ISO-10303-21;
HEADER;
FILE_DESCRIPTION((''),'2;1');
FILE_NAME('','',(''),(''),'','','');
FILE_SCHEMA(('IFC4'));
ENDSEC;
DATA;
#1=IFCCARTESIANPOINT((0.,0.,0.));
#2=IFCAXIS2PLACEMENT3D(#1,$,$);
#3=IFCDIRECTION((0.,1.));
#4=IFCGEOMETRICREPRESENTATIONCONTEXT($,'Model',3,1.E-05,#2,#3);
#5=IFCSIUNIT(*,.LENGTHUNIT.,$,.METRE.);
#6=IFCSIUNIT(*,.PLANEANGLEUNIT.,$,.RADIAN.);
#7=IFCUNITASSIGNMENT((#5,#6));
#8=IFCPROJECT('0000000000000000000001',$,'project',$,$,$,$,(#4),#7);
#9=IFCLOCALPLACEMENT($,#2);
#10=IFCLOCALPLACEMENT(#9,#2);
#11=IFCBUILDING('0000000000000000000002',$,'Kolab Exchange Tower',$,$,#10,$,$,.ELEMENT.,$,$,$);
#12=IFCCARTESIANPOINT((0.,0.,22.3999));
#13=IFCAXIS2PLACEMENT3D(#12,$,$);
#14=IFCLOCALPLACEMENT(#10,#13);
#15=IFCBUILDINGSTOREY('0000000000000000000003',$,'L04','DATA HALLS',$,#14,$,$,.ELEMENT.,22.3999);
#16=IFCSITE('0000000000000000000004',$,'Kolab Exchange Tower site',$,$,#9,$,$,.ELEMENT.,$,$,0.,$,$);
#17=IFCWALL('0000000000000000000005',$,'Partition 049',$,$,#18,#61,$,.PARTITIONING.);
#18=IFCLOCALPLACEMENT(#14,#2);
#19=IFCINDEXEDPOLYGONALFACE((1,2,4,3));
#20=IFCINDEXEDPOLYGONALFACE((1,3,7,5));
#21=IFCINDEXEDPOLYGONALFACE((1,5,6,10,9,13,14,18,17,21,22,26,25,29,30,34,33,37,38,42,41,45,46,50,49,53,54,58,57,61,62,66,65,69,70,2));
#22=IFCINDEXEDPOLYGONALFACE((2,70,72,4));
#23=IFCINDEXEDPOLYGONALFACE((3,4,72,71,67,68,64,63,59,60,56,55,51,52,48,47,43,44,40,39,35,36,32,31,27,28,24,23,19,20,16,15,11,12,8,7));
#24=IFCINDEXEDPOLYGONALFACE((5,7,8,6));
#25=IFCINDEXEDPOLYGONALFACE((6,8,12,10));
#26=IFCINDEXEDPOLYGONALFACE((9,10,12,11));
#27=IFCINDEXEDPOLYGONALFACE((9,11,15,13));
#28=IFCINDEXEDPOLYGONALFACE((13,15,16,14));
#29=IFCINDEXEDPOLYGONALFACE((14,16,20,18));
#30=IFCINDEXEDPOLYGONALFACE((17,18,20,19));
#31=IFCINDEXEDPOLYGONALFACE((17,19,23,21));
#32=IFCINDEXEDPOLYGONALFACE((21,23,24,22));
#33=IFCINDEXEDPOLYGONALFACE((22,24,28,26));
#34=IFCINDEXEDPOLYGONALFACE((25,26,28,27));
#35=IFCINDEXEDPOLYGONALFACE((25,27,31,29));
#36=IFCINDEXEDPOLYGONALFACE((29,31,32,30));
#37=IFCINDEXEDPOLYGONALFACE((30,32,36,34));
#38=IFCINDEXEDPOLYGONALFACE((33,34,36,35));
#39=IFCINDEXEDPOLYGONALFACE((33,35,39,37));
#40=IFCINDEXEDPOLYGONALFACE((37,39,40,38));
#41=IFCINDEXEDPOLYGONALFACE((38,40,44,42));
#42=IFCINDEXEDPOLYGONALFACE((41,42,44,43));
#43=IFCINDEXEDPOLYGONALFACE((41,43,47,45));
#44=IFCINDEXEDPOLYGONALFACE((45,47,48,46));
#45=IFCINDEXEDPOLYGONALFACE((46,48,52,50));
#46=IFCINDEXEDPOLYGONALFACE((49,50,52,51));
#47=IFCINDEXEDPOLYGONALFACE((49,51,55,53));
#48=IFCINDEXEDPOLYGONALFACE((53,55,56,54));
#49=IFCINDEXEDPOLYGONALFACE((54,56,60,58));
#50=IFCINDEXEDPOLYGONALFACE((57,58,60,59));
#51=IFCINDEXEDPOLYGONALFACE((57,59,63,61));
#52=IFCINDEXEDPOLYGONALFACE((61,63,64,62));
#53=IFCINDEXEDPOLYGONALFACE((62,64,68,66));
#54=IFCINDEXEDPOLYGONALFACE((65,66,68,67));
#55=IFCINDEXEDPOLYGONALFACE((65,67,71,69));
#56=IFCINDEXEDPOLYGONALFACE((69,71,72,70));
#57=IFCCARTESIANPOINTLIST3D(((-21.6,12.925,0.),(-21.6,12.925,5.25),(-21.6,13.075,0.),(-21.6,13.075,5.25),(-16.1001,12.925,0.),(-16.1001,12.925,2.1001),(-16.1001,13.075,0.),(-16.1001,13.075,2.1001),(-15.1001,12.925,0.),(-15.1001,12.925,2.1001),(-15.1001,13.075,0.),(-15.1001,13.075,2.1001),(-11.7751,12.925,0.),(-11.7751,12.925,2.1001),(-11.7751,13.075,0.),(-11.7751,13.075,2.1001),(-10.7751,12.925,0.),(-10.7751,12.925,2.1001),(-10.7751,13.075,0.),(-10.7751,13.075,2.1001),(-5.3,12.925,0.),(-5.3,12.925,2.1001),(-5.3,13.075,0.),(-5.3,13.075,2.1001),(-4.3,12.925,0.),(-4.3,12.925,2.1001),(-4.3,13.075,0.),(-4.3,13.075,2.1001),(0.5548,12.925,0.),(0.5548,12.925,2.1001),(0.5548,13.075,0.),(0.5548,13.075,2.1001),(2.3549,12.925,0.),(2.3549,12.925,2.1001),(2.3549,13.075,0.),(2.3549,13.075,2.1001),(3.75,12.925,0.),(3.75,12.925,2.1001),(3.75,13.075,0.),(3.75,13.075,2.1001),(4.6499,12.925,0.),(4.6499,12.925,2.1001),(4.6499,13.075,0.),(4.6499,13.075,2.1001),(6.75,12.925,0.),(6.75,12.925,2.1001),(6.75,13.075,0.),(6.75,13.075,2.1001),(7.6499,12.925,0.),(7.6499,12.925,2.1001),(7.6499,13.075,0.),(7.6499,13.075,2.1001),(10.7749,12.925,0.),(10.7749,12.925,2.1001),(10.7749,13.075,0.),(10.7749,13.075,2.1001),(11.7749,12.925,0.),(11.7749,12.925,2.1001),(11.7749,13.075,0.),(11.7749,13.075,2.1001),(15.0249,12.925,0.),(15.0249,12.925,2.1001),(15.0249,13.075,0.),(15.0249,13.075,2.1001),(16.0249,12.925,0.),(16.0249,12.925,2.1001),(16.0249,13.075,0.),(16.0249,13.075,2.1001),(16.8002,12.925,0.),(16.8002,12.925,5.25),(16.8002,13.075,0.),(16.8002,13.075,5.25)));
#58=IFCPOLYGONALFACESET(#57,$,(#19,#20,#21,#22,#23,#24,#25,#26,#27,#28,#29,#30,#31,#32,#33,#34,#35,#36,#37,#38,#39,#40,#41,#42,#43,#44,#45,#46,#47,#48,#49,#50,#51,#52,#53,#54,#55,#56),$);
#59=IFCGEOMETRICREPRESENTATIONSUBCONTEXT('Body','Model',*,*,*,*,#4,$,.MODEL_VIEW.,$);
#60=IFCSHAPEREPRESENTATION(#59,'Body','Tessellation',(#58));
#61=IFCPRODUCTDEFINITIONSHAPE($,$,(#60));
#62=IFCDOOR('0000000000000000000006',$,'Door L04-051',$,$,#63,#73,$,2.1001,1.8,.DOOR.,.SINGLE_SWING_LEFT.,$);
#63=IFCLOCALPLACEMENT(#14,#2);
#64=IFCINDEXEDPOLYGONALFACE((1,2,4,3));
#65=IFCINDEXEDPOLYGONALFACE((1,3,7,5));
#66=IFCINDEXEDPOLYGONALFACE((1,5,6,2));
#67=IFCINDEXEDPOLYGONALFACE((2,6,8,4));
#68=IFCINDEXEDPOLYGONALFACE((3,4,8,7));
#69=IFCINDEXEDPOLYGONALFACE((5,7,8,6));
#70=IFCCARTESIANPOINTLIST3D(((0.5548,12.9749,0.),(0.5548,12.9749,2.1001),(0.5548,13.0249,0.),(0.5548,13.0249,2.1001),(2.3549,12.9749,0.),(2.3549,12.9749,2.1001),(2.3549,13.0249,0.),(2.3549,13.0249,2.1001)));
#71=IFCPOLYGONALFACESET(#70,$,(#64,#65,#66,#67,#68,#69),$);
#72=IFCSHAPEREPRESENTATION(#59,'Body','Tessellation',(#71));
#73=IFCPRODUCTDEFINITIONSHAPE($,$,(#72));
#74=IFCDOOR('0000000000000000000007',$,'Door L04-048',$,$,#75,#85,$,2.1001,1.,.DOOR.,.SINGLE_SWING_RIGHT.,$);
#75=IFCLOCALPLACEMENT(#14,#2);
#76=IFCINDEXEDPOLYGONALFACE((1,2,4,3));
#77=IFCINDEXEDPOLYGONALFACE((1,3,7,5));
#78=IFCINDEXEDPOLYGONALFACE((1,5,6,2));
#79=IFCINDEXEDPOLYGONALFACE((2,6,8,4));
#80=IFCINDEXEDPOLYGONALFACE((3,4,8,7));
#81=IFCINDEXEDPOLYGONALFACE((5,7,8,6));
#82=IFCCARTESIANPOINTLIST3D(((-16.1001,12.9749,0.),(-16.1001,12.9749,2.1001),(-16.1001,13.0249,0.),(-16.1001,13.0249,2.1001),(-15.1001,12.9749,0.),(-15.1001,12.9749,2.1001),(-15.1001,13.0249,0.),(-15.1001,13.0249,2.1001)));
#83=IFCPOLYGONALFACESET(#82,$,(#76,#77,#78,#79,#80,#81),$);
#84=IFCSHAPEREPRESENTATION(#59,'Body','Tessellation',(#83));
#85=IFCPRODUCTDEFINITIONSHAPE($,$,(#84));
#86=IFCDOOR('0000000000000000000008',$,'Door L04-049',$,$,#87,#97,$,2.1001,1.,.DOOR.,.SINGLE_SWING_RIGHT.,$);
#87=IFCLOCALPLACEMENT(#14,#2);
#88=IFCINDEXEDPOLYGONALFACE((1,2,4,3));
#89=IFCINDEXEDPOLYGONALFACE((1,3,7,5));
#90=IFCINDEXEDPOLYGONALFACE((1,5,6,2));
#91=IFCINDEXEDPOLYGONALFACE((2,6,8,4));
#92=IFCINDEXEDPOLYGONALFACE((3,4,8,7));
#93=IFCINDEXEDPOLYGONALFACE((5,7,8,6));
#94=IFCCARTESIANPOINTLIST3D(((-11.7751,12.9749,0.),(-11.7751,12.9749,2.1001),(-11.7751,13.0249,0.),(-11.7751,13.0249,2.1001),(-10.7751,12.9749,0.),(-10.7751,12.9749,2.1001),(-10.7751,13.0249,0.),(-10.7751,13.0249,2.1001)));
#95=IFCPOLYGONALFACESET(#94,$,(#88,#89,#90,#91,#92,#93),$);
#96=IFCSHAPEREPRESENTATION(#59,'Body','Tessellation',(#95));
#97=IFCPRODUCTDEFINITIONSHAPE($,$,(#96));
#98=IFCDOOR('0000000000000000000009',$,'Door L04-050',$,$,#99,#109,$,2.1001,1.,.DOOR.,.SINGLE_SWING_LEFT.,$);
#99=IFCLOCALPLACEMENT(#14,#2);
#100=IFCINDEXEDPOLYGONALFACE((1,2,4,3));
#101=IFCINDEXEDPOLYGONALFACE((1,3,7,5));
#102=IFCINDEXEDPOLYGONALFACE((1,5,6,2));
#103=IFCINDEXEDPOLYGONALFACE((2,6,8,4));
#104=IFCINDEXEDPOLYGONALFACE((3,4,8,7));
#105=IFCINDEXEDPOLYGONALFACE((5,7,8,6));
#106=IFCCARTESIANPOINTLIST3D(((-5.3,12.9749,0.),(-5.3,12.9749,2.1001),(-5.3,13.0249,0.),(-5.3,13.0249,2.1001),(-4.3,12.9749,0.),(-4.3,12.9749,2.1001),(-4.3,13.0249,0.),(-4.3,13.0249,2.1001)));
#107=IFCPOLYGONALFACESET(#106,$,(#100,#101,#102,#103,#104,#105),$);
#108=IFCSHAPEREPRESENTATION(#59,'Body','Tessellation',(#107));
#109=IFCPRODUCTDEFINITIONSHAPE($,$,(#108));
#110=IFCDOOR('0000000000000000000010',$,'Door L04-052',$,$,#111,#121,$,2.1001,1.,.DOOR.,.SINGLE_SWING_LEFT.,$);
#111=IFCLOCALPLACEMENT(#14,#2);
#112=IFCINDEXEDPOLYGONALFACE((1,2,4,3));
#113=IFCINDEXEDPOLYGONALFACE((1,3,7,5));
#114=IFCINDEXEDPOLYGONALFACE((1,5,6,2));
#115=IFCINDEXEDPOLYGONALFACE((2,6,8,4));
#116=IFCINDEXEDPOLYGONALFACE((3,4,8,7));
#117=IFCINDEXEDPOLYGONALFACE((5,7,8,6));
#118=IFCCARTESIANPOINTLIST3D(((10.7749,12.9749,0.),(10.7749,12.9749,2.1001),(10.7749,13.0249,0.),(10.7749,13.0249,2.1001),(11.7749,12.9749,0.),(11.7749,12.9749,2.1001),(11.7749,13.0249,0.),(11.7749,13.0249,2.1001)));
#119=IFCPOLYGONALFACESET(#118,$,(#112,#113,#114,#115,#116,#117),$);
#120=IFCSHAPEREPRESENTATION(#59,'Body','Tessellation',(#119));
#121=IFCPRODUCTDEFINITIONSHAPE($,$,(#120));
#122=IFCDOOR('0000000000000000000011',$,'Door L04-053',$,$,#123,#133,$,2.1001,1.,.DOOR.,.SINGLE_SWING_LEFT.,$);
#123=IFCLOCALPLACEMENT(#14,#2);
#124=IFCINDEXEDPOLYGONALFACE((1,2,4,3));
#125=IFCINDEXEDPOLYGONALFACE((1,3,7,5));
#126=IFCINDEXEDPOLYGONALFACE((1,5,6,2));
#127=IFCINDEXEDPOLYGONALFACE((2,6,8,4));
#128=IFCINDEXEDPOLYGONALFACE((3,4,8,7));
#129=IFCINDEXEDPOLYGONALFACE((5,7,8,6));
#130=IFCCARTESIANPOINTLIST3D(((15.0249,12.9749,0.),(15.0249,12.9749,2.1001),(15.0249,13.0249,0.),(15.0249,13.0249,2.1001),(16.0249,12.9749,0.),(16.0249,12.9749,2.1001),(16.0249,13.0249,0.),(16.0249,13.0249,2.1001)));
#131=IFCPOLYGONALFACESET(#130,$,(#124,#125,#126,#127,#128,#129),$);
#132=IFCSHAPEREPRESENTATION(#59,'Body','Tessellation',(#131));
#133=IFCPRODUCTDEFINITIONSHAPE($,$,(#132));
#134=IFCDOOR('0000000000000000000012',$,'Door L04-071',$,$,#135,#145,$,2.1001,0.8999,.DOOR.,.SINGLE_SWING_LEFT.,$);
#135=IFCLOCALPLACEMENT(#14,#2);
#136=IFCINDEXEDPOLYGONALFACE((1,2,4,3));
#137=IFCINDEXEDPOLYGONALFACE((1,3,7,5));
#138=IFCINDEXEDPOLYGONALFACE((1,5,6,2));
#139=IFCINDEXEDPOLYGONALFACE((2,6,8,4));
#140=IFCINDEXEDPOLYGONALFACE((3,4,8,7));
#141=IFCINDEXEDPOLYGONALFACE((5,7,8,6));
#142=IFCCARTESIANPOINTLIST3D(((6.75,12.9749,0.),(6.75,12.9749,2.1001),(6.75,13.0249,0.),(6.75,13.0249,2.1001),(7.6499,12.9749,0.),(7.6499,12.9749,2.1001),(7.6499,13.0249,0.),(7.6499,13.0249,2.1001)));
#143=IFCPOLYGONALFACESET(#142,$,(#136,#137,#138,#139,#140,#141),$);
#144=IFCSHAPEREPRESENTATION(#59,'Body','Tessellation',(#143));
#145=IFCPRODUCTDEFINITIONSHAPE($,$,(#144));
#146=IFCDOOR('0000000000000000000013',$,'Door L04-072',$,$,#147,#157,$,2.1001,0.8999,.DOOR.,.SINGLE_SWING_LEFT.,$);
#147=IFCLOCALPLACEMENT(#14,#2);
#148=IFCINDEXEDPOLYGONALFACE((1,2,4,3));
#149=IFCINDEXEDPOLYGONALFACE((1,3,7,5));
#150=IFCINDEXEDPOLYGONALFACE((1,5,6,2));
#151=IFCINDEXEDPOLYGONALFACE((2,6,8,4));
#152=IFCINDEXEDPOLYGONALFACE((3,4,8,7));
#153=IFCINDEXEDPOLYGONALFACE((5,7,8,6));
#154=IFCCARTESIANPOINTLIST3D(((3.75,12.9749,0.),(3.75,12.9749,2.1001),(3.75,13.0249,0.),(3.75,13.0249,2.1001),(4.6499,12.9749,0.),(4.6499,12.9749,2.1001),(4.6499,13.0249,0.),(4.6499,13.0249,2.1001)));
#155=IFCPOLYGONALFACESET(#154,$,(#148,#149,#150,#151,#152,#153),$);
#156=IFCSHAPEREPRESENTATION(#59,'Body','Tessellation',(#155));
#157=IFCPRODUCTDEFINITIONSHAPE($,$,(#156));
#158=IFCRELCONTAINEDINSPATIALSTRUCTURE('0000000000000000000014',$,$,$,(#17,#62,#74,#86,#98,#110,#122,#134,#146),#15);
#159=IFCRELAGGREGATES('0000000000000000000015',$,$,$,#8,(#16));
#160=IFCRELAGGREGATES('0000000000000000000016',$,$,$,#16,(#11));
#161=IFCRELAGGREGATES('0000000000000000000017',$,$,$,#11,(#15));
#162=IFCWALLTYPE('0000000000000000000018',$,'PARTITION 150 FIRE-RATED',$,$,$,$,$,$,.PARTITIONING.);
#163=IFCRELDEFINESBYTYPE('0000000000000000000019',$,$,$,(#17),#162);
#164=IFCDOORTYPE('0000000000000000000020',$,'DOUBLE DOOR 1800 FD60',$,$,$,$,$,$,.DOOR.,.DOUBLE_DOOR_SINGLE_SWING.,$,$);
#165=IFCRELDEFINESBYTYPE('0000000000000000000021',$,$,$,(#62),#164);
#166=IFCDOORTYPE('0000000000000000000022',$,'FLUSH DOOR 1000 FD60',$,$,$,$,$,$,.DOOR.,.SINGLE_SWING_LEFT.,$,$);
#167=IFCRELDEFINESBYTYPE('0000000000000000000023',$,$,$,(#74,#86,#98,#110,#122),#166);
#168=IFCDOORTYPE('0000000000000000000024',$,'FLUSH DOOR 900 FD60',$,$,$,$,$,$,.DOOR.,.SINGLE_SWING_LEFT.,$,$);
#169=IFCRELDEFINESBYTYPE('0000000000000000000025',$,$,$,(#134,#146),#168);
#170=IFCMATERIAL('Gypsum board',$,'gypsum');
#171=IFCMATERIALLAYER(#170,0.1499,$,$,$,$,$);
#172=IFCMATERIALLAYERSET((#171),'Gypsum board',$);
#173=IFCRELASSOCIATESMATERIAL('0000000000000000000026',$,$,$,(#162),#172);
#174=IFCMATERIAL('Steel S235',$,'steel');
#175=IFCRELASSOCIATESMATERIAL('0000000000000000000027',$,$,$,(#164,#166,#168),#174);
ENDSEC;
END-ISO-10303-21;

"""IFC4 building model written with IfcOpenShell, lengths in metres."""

from ifc_helpers import new_model, si_unit, direction, frame, frame_2d, origin, place, context, subcontext, project, spatial, rectangle, extrude, material, layer, layer_set, type_object, element, fill, save


model = new_model("IFC4")

# Units and contexts
model_context = context("Model", 3, precision=1e-05, world=origin(), true_north=direction((0.0, 1.0)))
body_context = subcontext(model_context, "Body", "Model", "MODEL_VIEW")
ifc_project = project(units=[si_unit("LENGTHUNIT", "METRE"), si_unit("PLANEANGLEUNIT", "RADIAN")], contexts=[model_context])

# Site, building, storey
site_placement = place(None, origin())
site = spatial("IfcSite", under=ifc_project, at=site_placement, Name="Kolab Exchange Tower site", CompositionType="ELEMENT", RefElevation=0.0)
building_placement = place(site_placement, origin())
building = spatial("IfcBuilding", under=site, at=building_placement, Name="Kolab Exchange Tower", CompositionType="ELEMENT")
storey_placement = place(building_placement, frame((0.0, 0.0, 22.3999)))
storey = spatial("IfcBuildingStorey", under=building, at=storey_placement, Name="L04", Description="DATA HALLS", CompositionType="ELEMENT", Elevation=22.3999)

# Shared definitions
ifc_material_1 = material(Name="Gypsum board", Category="gypsum")
ifc_layer_1 = layer(ifc_material_1, 0.1499)
ifc_layer_set_1 = layer_set([ifc_layer_1], Name="Gypsum board")
wall_type = type_object("IfcWallType", Name="PARTITION 150 FIRE-RATED", PredefinedType="PARTITIONING", material=ifc_layer_set_1)

# Wall, openings, doors
wall_1_placement = place(storey_placement, frame((-21.6001, 13.0, 0.0), z_axis=(0.0, 0.0, 1.0), x_axis=(1.0, 0.0, 0.0)))
wall_1 = element("IfcWall", 1, at=wall_1_placement, inside=storey, type_object=wall_type, Name="Partition 049", PredefinedType="PARTITIONING", context=body_context, shape_type="SweptSolid", body=[
    extrude(rectangle(XDim=38.4001, YDim=0.1499, at=frame_2d((19.2002, 0.0))), origin(), (0.0, 0.0, 1.0), 5.25),
])
opening_1_placement = place(wall_1_placement, frame((5.5, 0.0, 0.0)))
opening_1 = element("IfcOpeningElement", 2, at=opening_1_placement, cuts=wall_1, PredefinedType="OPENING", context=body_context, shape_type="SweptSolid", body=[
    extrude(rectangle(XDim=1.0, YDim=2.1001, at=frame_2d((0.5, 1.05))), frame((0.0, 0.085, 0.0), z_axis=(0.0, -1.0, 0.0), x_axis=(1.0, 0.0, 0.0)), (0.0, 0.0, 1.0), 0.1699),
])
opening_2_placement = place(wall_1_placement, frame((9.825, 0.0, 0.0)))
opening_2 = element("IfcOpeningElement", 3, at=opening_2_placement, cuts=wall_1, PredefinedType="OPENING", context=body_context, shape_type="SweptSolid", body=[
    extrude(rectangle(XDim=1.0, YDim=2.1001, at=frame_2d((0.5, 1.05))), frame((0.0, 0.085, 0.0), z_axis=(0.0, -1.0, 0.0), x_axis=(1.0, 0.0, 0.0)), (0.0, 0.0, 1.0), 0.1699),
])
opening_3_placement = place(wall_1_placement, frame((16.3, 0.0, 0.0)))
opening_3 = element("IfcOpeningElement", 4, at=opening_3_placement, cuts=wall_1, PredefinedType="OPENING", context=body_context, shape_type="SweptSolid", body=[
    extrude(rectangle(XDim=1.0, YDim=2.1001, at=frame_2d((0.5, 1.05))), frame((0.0, 0.085, 0.0), z_axis=(0.0, -1.0, 0.0), x_axis=(1.0, 0.0, 0.0)), (0.0, 0.0, 1.0), 0.1699),
])
opening_4_placement = place(wall_1_placement, frame((22.155, 0.0, 0.0)))
opening_4 = element("IfcOpeningElement", 5, at=opening_4_placement, cuts=wall_1, PredefinedType="OPENING", context=body_context, shape_type="SweptSolid", body=[
    extrude(rectangle(XDim=1.8, YDim=2.1001, at=frame_2d((0.8999, 1.05))), frame((0.0, 0.085, 0.0), z_axis=(0.0, -1.0, 0.0), x_axis=(1.0, 0.0, 0.0)), (0.0, 0.0, 1.0), 0.1699),
])
opening_5_placement = place(wall_1_placement, frame((32.375, 0.0, 0.0)))
opening_5 = element("IfcOpeningElement", 6, at=opening_5_placement, cuts=wall_1, PredefinedType="OPENING", context=body_context, shape_type="SweptSolid", body=[
    extrude(rectangle(XDim=1.0, YDim=2.1001, at=frame_2d((0.5, 1.05))), frame((0.0, 0.085, 0.0), z_axis=(0.0, -1.0, 0.0), x_axis=(1.0, 0.0, 0.0)), (0.0, 0.0, 1.0), 0.1699),
])
opening_6_placement = place(wall_1_placement, frame((36.625, 0.0, 0.0)))
opening_6 = element("IfcOpeningElement", 7, at=opening_6_placement, cuts=wall_1, PredefinedType="OPENING", context=body_context, shape_type="SweptSolid", body=[
    extrude(rectangle(XDim=1.0, YDim=2.1001, at=frame_2d((0.5, 1.05))), frame((0.0, 0.085, 0.0), z_axis=(0.0, -1.0, 0.0), x_axis=(1.0, 0.0, 0.0)), (0.0, 0.0, 1.0), 0.1699),
])
opening_7_placement = place(wall_1_placement, frame((28.3501, 0.0, 0.0)))
opening_7 = element("IfcOpeningElement", 8, at=opening_7_placement, cuts=wall_1, PredefinedType="OPENING", context=body_context, shape_type="SweptSolid", body=[
    extrude(rectangle(XDim=0.8999, YDim=2.1001, at=frame_2d((0.45, 1.05))), frame((0.0, 0.085, 0.0), z_axis=(0.0, -1.0, 0.0), x_axis=(1.0, 0.0, 0.0)), (0.0, 0.0, 1.0), 0.1699),
])
opening_8_placement = place(wall_1_placement, frame((25.3501, 0.0, 0.0)))
opening_8 = element("IfcOpeningElement", 9, at=opening_8_placement, cuts=wall_1, PredefinedType="OPENING", context=body_context, shape_type="SweptSolid", body=[
    extrude(rectangle(XDim=0.8999, YDim=2.1001, at=frame_2d((0.45, 1.05))), frame((0.0, 0.085, 0.0), z_axis=(0.0, -1.0, 0.0), x_axis=(1.0, 0.0, 0.0)), (0.0, 0.0, 1.0), 0.1699),
])
ifc_material_2 = material(Name="Steel S235", Category="steel")
door_type_1 = type_object("IfcDoorType", Name="DOUBLE DOOR 1800 FD60", OperationType="DOUBLE_DOOR_SINGLE_SWING", PredefinedType="DOOR", material=ifc_material_2)
door_1_placement = place(opening_4_placement, origin())
door_1 = element("IfcDoor", 10, at=door_1_placement, inside=storey, type_object=door_type_1, Name="Door L04-051", OperationType="SINGLE_SWING_LEFT", OverallHeight=2.1001, OverallWidth=1.8, PredefinedType="DOOR", context=body_context, shape_type="SweptSolid", body=[
    extrude(rectangle(XDim=1.8, YDim=2.1001, at=frame_2d((0.8999, 1.05))), frame((0.0, 0.0249, 0.0), z_axis=(0.0, -1.0, 0.0), x_axis=(1.0, 0.0, 0.0)), (0.0, 0.0, 1.0), 0.05),
])
fill(opening_4, door_1)
door_type_2 = type_object("IfcDoorType", Name="FLUSH DOOR 1000 FD60", OperationType="SINGLE_SWING_LEFT", PredefinedType="DOOR", material=ifc_material_2)
door_2_placement = place(opening_1_placement, origin())
door_2 = element("IfcDoor", 11, at=door_2_placement, inside=storey, type_object=door_type_2, Name="Door L04-048", OperationType="SINGLE_SWING_RIGHT", OverallHeight=2.1001, OverallWidth=1.0, PredefinedType="DOOR", context=body_context, shape_type="SweptSolid", body=[
    extrude(rectangle(XDim=1.0, YDim=2.1001, at=frame_2d((0.5, 1.05))), frame((0.0, 0.0249, 0.0), z_axis=(0.0, -1.0, 0.0), x_axis=(1.0, 0.0, 0.0)), (0.0, 0.0, 1.0), 0.05),
])
fill(opening_1, door_2)
door_3_placement = place(opening_2_placement, origin())
door_3 = element("IfcDoor", 12, at=door_3_placement, inside=storey, type_object=door_type_2, Name="Door L04-049", OperationType="SINGLE_SWING_RIGHT", OverallHeight=2.1001, OverallWidth=1.0, PredefinedType="DOOR", context=body_context, shape_type="SweptSolid", body=[
    extrude(rectangle(XDim=1.0, YDim=2.1001, at=frame_2d((0.5, 1.05))), frame((0.0, 0.0249, 0.0), z_axis=(0.0, -1.0, 0.0), x_axis=(1.0, 0.0, 0.0)), (0.0, 0.0, 1.0), 0.05),
])
fill(opening_2, door_3)
door_4_placement = place(opening_3_placement, origin())
door_4 = element("IfcDoor", 13, at=door_4_placement, inside=storey, type_object=door_type_2, Name="Door L04-050", OperationType="SINGLE_SWING_LEFT", OverallHeight=2.1001, OverallWidth=1.0, PredefinedType="DOOR", context=body_context, shape_type="SweptSolid", body=[
    extrude(rectangle(XDim=1.0, YDim=2.1001, at=frame_2d((0.5, 1.05))), frame((0.0, 0.0249, 0.0), z_axis=(0.0, -1.0, 0.0), x_axis=(1.0, 0.0, 0.0)), (0.0, 0.0, 1.0), 0.05),
])
fill(opening_3, door_4)
door_5_placement = place(opening_5_placement, origin())
door_5 = element("IfcDoor", 14, at=door_5_placement, inside=storey, type_object=door_type_2, Name="Door L04-052", OperationType="SINGLE_SWING_LEFT", OverallHeight=2.1001, OverallWidth=1.0, PredefinedType="DOOR", context=body_context, shape_type="SweptSolid", body=[
    extrude(rectangle(XDim=1.0, YDim=2.1001, at=frame_2d((0.5, 1.05))), frame((0.0, 0.0249, 0.0), z_axis=(0.0, -1.0, 0.0), x_axis=(1.0, 0.0, 0.0)), (0.0, 0.0, 1.0), 0.05),
])
fill(opening_5, door_5)
door_6_placement = place(opening_6_placement, origin())
door_6 = element("IfcDoor", 15, at=door_6_placement, inside=storey, type_object=door_type_2, Name="Door L04-053", OperationType="SINGLE_SWING_LEFT", OverallHeight=2.1001, OverallWidth=1.0, PredefinedType="DOOR", context=body_context, shape_type="SweptSolid", body=[
    extrude(rectangle(XDim=1.0, YDim=2.1001, at=frame_2d((0.5, 1.05))), frame((0.0, 0.0249, 0.0), z_axis=(0.0, -1.0, 0.0), x_axis=(1.0, 0.0, 0.0)), (0.0, 0.0, 1.0), 0.05),
])
fill(opening_6, door_6)
door_type_3 = type_object("IfcDoorType", Name="FLUSH DOOR 900 FD60", OperationType="SINGLE_SWING_LEFT", PredefinedType="DOOR", material=ifc_material_2)
door_7_placement = place(opening_7_placement, origin())
door_7 = element("IfcDoor", 16, at=door_7_placement, inside=storey, type_object=door_type_3, Name="Door L04-071", OperationType="SINGLE_SWING_LEFT", OverallHeight=2.1001, OverallWidth=0.8999, PredefinedType="DOOR", context=body_context, shape_type="SweptSolid", body=[
    extrude(rectangle(XDim=0.8999, YDim=2.1001, at=frame_2d((0.45, 1.05))), frame((0.0, 0.0249, 0.0), z_axis=(0.0, -1.0, 0.0), x_axis=(1.0, 0.0, 0.0)), (0.0, 0.0, 1.0), 0.05),
])
fill(opening_7, door_7)
door_8_placement = place(opening_8_placement, origin())
door_8 = element("IfcDoor", 17, at=door_8_placement, inside=storey, type_object=door_type_3, Name="Door L04-072", OperationType="SINGLE_SWING_LEFT", OverallHeight=2.1001, OverallWidth=0.8999, PredefinedType="DOOR", context=body_context, shape_type="SweptSolid", body=[
    extrude(rectangle(XDim=0.8999, YDim=2.1001, at=frame_2d((0.45, 1.05))), frame((0.0, 0.0249, 0.0), z_axis=(0.0, -1.0, 0.0), x_axis=(1.0, 0.0, 0.0)), (0.0, 0.0, 1.0), 0.05),
])
fill(opening_8, door_8)

save(model, "model.ifc")
